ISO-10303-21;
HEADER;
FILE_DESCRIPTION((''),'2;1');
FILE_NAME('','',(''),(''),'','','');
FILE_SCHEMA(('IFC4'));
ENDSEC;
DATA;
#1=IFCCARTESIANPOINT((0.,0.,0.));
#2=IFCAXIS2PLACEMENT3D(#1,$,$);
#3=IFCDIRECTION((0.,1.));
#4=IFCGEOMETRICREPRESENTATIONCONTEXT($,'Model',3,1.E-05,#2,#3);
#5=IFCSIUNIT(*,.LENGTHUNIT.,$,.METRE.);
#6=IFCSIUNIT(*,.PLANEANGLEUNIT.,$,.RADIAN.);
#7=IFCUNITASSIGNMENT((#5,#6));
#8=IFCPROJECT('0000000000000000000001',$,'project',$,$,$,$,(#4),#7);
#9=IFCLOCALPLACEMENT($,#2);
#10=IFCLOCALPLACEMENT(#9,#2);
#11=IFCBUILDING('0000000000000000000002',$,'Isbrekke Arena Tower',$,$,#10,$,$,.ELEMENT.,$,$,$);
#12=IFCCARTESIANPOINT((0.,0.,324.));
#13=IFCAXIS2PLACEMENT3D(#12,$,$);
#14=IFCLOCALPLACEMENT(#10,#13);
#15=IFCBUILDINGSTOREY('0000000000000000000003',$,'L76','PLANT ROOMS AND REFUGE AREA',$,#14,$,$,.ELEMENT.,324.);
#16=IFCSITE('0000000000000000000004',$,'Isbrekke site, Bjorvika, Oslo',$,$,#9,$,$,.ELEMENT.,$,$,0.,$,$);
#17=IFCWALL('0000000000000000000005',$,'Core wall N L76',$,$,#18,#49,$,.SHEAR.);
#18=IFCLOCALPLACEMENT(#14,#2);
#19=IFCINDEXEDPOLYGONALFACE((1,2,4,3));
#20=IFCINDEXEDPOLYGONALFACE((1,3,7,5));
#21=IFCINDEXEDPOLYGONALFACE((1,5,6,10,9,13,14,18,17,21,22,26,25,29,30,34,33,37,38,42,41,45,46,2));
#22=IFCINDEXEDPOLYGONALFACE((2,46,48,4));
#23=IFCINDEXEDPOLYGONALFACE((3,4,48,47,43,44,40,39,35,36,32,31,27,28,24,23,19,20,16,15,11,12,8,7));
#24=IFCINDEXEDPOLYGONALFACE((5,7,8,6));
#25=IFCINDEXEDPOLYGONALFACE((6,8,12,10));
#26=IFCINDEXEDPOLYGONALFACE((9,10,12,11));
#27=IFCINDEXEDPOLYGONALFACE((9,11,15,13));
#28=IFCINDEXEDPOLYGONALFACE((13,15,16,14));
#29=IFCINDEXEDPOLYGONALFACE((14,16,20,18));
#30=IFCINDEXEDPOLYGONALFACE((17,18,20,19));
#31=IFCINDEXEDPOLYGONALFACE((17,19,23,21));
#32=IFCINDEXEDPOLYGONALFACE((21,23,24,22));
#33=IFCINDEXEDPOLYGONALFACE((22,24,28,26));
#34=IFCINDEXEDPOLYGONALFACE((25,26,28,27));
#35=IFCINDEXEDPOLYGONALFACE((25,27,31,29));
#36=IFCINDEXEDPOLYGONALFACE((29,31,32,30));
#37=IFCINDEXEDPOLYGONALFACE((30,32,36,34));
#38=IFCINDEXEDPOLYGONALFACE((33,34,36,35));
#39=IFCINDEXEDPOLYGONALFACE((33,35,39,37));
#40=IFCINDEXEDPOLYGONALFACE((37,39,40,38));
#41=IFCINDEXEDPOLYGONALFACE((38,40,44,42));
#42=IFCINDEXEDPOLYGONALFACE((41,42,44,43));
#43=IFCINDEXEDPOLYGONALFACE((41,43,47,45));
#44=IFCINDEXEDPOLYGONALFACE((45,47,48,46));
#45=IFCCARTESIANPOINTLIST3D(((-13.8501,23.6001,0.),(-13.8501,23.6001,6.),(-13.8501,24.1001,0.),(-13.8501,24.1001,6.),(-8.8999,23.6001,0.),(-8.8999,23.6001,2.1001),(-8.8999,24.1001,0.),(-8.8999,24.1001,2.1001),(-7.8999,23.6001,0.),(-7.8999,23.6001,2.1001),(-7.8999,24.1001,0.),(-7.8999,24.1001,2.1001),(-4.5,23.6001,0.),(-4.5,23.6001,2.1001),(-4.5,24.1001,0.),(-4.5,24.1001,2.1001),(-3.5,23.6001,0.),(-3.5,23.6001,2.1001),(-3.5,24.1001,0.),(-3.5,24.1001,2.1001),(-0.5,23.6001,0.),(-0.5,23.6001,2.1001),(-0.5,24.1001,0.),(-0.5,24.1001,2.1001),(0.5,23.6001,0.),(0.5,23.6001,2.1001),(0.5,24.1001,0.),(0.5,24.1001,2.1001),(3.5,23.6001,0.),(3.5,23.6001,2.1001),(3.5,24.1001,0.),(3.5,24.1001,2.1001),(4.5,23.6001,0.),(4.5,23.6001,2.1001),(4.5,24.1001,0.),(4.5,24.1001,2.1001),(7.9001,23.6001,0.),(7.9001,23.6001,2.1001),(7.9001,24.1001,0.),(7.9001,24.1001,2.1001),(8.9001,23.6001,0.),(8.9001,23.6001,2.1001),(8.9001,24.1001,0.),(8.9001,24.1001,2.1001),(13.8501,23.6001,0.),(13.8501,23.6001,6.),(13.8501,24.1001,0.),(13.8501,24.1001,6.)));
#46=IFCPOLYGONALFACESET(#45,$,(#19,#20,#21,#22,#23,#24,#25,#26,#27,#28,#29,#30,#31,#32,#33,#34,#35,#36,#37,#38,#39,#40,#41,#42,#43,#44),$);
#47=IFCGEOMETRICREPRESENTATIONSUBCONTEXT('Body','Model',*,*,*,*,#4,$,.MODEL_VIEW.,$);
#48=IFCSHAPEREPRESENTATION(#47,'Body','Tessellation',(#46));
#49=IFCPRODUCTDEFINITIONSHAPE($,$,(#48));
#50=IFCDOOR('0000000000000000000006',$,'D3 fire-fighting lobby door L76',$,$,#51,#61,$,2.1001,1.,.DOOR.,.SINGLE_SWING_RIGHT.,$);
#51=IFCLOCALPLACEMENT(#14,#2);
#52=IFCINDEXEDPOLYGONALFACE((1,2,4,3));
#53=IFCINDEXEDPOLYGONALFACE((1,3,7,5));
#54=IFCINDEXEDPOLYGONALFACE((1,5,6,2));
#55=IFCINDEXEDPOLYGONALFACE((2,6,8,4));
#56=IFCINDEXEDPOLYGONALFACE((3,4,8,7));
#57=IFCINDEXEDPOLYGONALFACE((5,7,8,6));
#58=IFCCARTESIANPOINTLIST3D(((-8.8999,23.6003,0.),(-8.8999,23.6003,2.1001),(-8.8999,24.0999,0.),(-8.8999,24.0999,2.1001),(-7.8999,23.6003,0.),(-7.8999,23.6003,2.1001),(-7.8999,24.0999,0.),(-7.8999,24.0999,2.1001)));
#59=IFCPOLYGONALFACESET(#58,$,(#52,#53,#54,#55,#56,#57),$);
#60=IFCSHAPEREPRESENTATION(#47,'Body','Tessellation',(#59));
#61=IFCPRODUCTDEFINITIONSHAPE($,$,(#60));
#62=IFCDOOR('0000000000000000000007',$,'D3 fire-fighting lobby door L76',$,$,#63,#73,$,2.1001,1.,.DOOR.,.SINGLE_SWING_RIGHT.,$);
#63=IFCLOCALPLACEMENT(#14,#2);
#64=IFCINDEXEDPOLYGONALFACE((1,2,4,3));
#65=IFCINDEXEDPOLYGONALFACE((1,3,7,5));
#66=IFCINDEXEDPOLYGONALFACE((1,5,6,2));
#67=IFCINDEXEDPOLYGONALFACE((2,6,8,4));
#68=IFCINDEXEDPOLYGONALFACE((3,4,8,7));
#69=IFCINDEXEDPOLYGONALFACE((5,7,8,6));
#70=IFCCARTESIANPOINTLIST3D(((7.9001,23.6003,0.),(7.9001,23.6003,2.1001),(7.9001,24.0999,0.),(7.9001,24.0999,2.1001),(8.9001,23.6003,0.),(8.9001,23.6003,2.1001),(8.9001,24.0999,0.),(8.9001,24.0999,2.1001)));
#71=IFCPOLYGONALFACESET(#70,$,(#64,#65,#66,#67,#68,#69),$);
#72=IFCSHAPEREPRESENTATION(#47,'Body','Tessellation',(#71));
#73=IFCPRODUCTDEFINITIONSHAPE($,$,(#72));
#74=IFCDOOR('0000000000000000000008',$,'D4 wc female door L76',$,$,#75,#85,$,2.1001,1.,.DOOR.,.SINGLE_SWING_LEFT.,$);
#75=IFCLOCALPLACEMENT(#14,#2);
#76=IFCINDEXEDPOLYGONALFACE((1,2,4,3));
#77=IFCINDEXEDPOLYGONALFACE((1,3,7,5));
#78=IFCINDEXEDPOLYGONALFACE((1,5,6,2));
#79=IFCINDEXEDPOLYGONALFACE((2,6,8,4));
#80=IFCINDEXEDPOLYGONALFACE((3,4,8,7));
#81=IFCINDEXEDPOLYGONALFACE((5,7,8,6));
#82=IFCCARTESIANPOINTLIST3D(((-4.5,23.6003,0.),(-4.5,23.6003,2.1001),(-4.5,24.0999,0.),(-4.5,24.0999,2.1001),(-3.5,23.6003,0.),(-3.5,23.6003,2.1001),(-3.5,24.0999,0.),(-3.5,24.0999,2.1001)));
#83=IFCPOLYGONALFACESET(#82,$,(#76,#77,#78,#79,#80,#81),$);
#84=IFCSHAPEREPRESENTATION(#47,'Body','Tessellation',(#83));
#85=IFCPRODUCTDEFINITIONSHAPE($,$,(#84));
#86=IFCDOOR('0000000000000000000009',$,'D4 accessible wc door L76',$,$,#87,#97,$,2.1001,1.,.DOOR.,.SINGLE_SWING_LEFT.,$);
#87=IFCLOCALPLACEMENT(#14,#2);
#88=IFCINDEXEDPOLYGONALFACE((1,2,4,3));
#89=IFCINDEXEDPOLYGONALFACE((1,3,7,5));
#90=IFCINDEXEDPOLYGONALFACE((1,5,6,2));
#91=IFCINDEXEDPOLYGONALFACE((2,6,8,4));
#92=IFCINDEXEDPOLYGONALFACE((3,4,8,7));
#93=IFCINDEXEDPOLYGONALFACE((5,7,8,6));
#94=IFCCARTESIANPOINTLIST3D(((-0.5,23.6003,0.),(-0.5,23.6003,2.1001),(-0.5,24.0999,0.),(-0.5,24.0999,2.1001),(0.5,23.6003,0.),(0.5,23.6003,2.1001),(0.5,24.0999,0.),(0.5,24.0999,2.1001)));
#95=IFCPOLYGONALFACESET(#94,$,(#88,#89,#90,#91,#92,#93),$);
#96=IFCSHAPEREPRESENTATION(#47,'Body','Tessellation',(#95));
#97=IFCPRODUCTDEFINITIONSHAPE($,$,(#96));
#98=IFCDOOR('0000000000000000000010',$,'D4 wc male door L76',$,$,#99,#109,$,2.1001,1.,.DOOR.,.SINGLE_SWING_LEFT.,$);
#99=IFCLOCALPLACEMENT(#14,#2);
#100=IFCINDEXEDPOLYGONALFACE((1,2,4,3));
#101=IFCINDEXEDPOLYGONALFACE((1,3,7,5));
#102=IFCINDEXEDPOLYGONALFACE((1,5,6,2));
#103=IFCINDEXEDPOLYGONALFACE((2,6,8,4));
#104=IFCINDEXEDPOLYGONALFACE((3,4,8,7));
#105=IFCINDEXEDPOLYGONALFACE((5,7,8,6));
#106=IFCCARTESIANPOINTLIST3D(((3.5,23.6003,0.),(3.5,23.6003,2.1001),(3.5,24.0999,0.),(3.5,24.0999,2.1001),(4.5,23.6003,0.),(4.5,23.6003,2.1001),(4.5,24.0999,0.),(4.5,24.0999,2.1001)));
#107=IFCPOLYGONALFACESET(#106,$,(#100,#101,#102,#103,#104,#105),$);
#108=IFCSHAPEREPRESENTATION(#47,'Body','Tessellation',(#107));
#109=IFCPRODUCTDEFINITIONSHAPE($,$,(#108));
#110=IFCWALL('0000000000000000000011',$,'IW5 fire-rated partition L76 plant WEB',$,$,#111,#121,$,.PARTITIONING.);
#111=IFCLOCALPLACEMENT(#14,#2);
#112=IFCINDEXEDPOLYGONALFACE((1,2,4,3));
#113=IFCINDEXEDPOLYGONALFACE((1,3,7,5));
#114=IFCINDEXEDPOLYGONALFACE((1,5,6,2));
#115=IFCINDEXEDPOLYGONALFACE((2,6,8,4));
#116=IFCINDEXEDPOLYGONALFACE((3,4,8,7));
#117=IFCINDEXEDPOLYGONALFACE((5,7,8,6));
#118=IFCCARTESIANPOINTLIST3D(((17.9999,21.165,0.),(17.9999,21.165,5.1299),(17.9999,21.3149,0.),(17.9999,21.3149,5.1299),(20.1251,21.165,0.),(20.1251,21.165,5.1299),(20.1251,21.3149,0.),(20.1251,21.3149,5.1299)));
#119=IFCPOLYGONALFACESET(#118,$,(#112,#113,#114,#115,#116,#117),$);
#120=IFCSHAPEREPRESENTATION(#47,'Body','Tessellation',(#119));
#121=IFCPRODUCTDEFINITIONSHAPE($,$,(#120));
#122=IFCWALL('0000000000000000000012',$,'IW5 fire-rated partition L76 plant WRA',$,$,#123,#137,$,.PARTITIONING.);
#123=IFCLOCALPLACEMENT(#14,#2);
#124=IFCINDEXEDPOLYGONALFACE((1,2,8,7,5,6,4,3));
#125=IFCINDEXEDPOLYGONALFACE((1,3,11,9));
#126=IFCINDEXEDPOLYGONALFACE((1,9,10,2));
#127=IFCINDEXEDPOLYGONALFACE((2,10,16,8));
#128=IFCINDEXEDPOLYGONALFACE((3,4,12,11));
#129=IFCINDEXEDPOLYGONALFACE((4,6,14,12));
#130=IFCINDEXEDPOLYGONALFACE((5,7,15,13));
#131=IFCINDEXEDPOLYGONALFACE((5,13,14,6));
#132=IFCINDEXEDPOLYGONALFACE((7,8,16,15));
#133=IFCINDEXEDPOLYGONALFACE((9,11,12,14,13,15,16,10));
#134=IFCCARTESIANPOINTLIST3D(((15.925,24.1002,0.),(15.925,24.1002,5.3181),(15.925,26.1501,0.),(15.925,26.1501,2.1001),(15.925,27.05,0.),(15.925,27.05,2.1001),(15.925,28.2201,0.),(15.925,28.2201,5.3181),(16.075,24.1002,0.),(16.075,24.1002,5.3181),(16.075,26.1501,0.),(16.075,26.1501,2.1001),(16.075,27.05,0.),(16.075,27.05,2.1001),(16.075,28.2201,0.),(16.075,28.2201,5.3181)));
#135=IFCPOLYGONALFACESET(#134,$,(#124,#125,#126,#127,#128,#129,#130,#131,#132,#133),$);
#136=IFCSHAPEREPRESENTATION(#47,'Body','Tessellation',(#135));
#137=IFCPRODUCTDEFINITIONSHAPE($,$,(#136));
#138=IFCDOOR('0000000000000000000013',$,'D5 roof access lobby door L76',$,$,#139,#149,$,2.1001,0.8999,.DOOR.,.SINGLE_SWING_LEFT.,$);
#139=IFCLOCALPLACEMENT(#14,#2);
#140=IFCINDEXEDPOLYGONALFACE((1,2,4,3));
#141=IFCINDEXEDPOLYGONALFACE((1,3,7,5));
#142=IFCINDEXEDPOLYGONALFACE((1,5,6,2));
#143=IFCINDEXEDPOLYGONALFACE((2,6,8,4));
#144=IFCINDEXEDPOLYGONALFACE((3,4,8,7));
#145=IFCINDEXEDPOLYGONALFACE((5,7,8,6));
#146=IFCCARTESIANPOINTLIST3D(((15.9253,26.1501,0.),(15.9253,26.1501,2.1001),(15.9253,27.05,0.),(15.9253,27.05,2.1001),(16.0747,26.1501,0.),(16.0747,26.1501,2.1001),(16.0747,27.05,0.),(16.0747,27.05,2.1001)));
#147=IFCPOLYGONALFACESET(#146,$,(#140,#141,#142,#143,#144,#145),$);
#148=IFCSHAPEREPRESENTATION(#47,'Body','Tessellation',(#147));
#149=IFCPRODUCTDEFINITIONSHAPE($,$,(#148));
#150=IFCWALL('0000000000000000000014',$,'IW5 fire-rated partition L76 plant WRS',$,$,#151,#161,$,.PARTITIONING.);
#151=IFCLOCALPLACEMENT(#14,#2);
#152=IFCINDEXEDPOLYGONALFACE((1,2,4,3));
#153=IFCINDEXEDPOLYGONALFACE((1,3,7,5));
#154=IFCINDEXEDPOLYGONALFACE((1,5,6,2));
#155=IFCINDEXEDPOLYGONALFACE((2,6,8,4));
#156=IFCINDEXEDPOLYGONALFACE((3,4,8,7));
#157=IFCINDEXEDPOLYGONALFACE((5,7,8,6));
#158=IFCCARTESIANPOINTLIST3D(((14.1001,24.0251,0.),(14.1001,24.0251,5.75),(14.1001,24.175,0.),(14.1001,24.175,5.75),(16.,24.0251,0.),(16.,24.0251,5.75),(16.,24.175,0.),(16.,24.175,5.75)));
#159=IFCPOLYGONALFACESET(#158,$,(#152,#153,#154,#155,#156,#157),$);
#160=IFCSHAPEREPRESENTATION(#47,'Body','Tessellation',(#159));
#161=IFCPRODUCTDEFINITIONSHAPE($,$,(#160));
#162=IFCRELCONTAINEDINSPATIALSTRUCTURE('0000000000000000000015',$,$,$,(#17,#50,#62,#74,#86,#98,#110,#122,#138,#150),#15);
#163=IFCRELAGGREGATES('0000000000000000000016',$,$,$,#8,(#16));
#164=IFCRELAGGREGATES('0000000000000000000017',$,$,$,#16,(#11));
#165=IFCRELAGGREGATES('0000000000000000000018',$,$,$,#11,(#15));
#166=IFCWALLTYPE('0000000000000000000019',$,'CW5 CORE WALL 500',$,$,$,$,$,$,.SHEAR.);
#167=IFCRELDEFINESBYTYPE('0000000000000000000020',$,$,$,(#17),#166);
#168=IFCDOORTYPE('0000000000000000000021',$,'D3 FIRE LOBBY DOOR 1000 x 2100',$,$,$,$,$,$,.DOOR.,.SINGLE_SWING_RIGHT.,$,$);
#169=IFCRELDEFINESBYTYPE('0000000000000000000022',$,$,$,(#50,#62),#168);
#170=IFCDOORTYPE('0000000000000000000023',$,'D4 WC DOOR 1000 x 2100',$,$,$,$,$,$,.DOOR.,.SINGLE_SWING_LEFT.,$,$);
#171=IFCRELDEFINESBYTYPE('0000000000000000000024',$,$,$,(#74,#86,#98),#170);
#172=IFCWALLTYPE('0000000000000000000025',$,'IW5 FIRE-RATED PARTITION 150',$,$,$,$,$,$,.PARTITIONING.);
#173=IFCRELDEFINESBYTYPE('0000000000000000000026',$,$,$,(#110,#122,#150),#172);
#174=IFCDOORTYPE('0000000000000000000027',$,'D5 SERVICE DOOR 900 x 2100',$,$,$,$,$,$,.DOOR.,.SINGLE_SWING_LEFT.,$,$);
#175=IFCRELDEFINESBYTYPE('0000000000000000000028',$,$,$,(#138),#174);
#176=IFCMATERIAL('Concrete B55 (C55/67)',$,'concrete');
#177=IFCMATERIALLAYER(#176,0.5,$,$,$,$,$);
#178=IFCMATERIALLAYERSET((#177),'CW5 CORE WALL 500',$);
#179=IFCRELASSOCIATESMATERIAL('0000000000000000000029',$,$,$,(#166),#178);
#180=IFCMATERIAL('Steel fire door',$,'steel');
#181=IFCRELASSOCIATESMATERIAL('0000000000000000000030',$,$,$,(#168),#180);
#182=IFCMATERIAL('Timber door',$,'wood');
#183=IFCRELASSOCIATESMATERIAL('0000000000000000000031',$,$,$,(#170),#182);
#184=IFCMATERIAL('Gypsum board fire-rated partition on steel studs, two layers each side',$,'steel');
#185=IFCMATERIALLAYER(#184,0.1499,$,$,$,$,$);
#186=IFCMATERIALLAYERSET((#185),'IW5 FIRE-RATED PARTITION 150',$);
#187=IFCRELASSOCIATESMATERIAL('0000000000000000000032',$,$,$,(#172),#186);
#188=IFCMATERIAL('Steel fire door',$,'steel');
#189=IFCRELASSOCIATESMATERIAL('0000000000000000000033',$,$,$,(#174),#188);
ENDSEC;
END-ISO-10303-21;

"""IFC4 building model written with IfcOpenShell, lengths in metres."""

from ifc_helpers import new_model, si_unit, direction, frame, frame_2d, origin, place, context, subcontext, project, spatial, rectangle, extrude, material, layer, layer_set, type_object, element, fill, save


model = new_model("IFC4")

# Units and contexts
model_context = context("Model", 3, precision=1e-05, world=origin(), true_north=direction((0.0, 1.0)))
body_context = subcontext(model_context, "Body", "Model", "MODEL_VIEW")
ifc_project = project(units=[si_unit("LENGTHUNIT", "METRE"), si_unit("PLANEANGLEUNIT", "RADIAN")], contexts=[model_context])

# Site, building, storey
site_placement = place(None, origin())
site = spatial("IfcSite", under=ifc_project, at=site_placement, Name="Isbrekke site, Bjorvika, Oslo", CompositionType="ELEMENT", RefElevation=0.0)
building_placement = place(site_placement, origin())
building = spatial("IfcBuilding", under=site, at=building_placement, Name="Isbrekke Arena Tower", CompositionType="ELEMENT")
storey_placement = place(building_placement, frame((0.0, 0.0, 324.0)))
storey = spatial("IfcBuildingStorey", under=building, at=storey_placement, Name="L76", Description="PLANT ROOMS AND REFUGE AREA", CompositionType="ELEMENT", Elevation=324.0)

# Wall, openings, doors
ifc_material_1 = material(Name="Concrete B55 (C55/67)", Category="concrete")
ifc_layer_1 = layer(ifc_material_1, 0.5)
ifc_layer_set_1 = layer_set([ifc_layer_1], Name="CW5 CORE WALL 500")
wall_type_1 = type_object("IfcWallType", Name="CW5 CORE WALL 500", PredefinedType="SHEAR", material=ifc_layer_set_1)
wall_1_placement = place(storey_placement, frame((13.8501, 23.8501, 0.0), z_axis=(0.0, 0.0, 1.0), x_axis=(-1.0, 0.0, 0.0)))
wall_1 = element("IfcWall", 1, at=wall_1_placement, inside=storey, type_object=wall_type_1, Name="Core wall N L76", PredefinedType="SHEAR", context=body_context, shape_type="SweptSolid", body=[
    extrude(rectangle(XDim=27.7002, YDim=0.5, at=frame_2d((13.8501, 0.0))), origin(), (0.0, 0.0, 1.0), 6.0),
])
opening_1_placement = place(wall_1_placement, frame((21.75, 0.0, 0.0)))
opening_1 = element("IfcOpeningElement", 2, at=opening_1_placement, cuts=wall_1, PredefinedType="OPENING", context=body_context, shape_type="SweptSolid", body=[
    extrude(rectangle(XDim=1.0, YDim=2.1001, at=frame_2d((0.5, 1.05))), frame((0.0, 0.2649, 0.0), z_axis=(0.0, -1.0, 0.0), x_axis=(1.0, 0.0, 0.0)), (0.0, 0.0, 1.0), 0.5298),
])
opening_2_placement = place(wall_1_placement, frame((4.95, 0.0, 0.0)))
opening_2 = element("IfcOpeningElement", 3, at=opening_2_placement, cuts=wall_1, PredefinedType="OPENING", context=body_context, shape_type="SweptSolid", body=[
    extrude(rectangle(XDim=1.0, YDim=2.1001, at=frame_2d((0.5, 1.05))), frame((0.0, 0.2649, 0.0), z_axis=(0.0, -1.0, 0.0), x_axis=(1.0, 0.0, 0.0)), (0.0, 0.0, 1.0), 0.5298),
])
opening_3_placement = place(wall_1_placement, frame((17.3501, 0.0, 0.0)))
opening_3 = element("IfcOpeningElement", 4, at=opening_3_placement, cuts=wall_1, PredefinedType="OPENING", context=body_context, shape_type="SweptSolid", body=[
    extrude(rectangle(XDim=1.0, YDim=2.1001, at=frame_2d((0.5, 1.05))), frame((0.0, 0.2649, 0.0), z_axis=(0.0, -1.0, 0.0), x_axis=(1.0, 0.0, 0.0)), (0.0, 0.0, 1.0), 0.5298),
])
opening_4_placement = place(wall_1_placement, frame((13.3501, 0.0, 0.0)))
opening_4 = element("IfcOpeningElement", 5, at=opening_4_placement, cuts=wall_1, PredefinedType="OPENING", context=body_context, shape_type="SweptSolid", body=[
    extrude(rectangle(XDim=1.0, YDim=2.1001, at=frame_2d((0.5, 1.05))), frame((0.0, 0.2649, 0.0), z_axis=(0.0, -1.0, 0.0), x_axis=(1.0, 0.0, 0.0)), (0.0, 0.0, 1.0), 0.5298),
])
opening_5_placement = place(wall_1_placement, frame((9.3501, 0.0, 0.0)))
opening_5 = element("IfcOpeningElement", 6, at=opening_5_placement, cuts=wall_1, PredefinedType="OPENING", context=body_context, shape_type="SweptSolid", body=[
    extrude(rectangle(XDim=1.0, YDim=2.1001, at=frame_2d((0.5, 1.05))), frame((0.0, 0.2649, 0.0), z_axis=(0.0, -1.0, 0.0), x_axis=(1.0, 0.0, 0.0)), (0.0, 0.0, 1.0), 0.5298),
])
ifc_material_2 = material(Name="Steel fire door", Category="steel")
door_type_1 = type_object("IfcDoorType", Name="D3 FIRE LOBBY DOOR 1000 x 2100", OperationType="SINGLE_SWING_RIGHT", PredefinedType="DOOR", material=ifc_material_2)
door_1_placement = place(opening_1_placement, origin())
door_1 = element("IfcDoor", 7, at=door_1_placement, inside=storey, type_object=door_type_1, Name="D3 fire-fighting lobby door L76", OperationType="SINGLE_SWING_RIGHT", OverallHeight=2.1001, OverallWidth=1.0, PredefinedType="DOOR", context=body_context, shape_type="SweptSolid", body=[
    extrude(rectangle(XDim=1.0, YDim=2.1001, at=frame_2d((0.5, 1.05))), frame((0.0, 0.2498, 0.0), z_axis=(0.0, -1.0, 0.0), x_axis=(1.0, 0.0, 0.0)), (0.0, 0.0, 1.0), 0.4995),
])
fill(opening_1, door_1)
door_2_placement = place(opening_2_placement, origin())
door_2 = element("IfcDoor", 8, at=door_2_placement, inside=storey, type_object=door_type_1, Name="D3 fire-fighting lobby door L76", OperationType="SINGLE_SWING_RIGHT", OverallHeight=2.1001, OverallWidth=1.0, PredefinedType="DOOR", context=body_context, shape_type="SweptSolid", body=[
    extrude(rectangle(XDim=1.0, YDim=2.1001, at=frame_2d((0.5, 1.05))), frame((0.0, 0.2498, 0.0), z_axis=(0.0, -1.0, 0.0), x_axis=(1.0, 0.0, 0.0)), (0.0, 0.0, 1.0), 0.4995),
])
fill(opening_2, door_2)
ifc_material_3 = material(Name="Timber door", Category="wood")
door_type_2 = type_object("IfcDoorType", Name="D4 WC DOOR 1000 x 2100", OperationType="SINGLE_SWING_LEFT", PredefinedType="DOOR", material=ifc_material_3)
door_3_placement = place(opening_3_placement, origin())
door_3 = element("IfcDoor", 9, at=door_3_placement, inside=storey, type_object=door_type_2, Name="D4 wc female door L76", OperationType="SINGLE_SWING_LEFT", OverallHeight=2.1001, OverallWidth=1.0, PredefinedType="DOOR", context=body_context, shape_type="SweptSolid", body=[
    extrude(rectangle(XDim=1.0, YDim=2.1001, at=frame_2d((0.5, 1.05))), frame((0.0, 0.2498, 0.0), z_axis=(0.0, -1.0, 0.0), x_axis=(1.0, 0.0, 0.0)), (0.0, 0.0, 1.0), 0.4995),
])
fill(opening_3, door_3)
door_4_placement = place(opening_4_placement, origin())
door_4 = element("IfcDoor", 10, at=door_4_placement, inside=storey, type_object=door_type_2, Name="D4 accessible wc door L76", OperationType="SINGLE_SWING_LEFT", OverallHeight=2.1001, OverallWidth=1.0, PredefinedType="DOOR", context=body_context, shape_type="SweptSolid", body=[
    extrude(rectangle(XDim=1.0, YDim=2.1001, at=frame_2d((0.5, 1.05))), frame((0.0, 0.2498, 0.0), z_axis=(0.0, -1.0, 0.0), x_axis=(1.0, 0.0, 0.0)), (0.0, 0.0, 1.0), 0.4995),
])
fill(opening_4, door_4)
door_5_placement = place(opening_5_placement, origin())
door_5 = element("IfcDoor", 11, at=door_5_placement, inside=storey, type_object=door_type_2, Name="D4 wc male door L76", OperationType="SINGLE_SWING_LEFT", OverallHeight=2.1001, OverallWidth=1.0, PredefinedType="DOOR", context=body_context, shape_type="SweptSolid", body=[
    extrude(rectangle(XDim=1.0, YDim=2.1001, at=frame_2d((0.5, 1.05))), frame((0.0, 0.2498, 0.0), z_axis=(0.0, -1.0, 0.0), x_axis=(1.0, 0.0, 0.0)), (0.0, 0.0, 1.0), 0.4995),
])
fill(opening_5, door_5)

# Wall
ifc_material_4 = material(Name="Gypsum board fire-rated partition on steel studs, two layers each side", Category="steel")
ifc_layer_2 = layer(ifc_material_4, 0.1499)
ifc_layer_set_2 = layer_set([ifc_layer_2], Name="IW5 FIRE-RATED PARTITION 150")
wall_type_2 = type_object("IfcWallType", Name="IW5 FIRE-RATED PARTITION 150", PredefinedType="PARTITIONING", material=ifc_layer_set_2)
wall_2_placement = place(storey_placement, frame((18.0, 21.24, 0.0), z_axis=(0.0, 0.0, 1.0), x_axis=(1.0, 0.0, 0.0)))
element("IfcWall", 12, at=wall_2_placement, inside=storey, type_object=wall_type_2, Name="IW5 fire-rated partition L76 plant WEB", PredefinedType="PARTITIONING", context=body_context, shape_type="SweptSolid", body=[
    extrude(rectangle(XDim=2.1252, YDim=0.1499, at=frame_2d((1.0625, 0.0))), origin(), (0.0, 0.0, 1.0), 5.1299),
])

# Wall, opening, door
wall_3_placement = place(storey_placement, frame((16.0, 24.1001, 0.0), z_axis=(0.0, 0.0, 1.0), x_axis=(0.0, 1.0, 0.0)))
wall_3 = element("IfcWall", 13, at=wall_3_placement, inside=storey, type_object=wall_type_2, Name="IW5 fire-rated partition L76 plant WRA", PredefinedType="PARTITIONING", context=body_context, shape_type="SweptSolid", body=[
    extrude(rectangle(XDim=4.1199, YDim=0.1499, at=frame_2d((2.0601, 0.0))), origin(), (0.0, 0.0, 1.0), 5.3181),
])
opening_6_placement = place(wall_3_placement, frame((2.05, 0.0, 0.0)))
opening_6 = element("IfcOpeningElement", 14, at=opening_6_placement, cuts=wall_3, PredefinedType="OPENING", context=body_context, shape_type="SweptSolid", body=[
    extrude(rectangle(XDim=0.8999, YDim=2.1001, at=frame_2d((0.45, 1.05))), frame((0.0, 0.0898, 0.0), z_axis=(0.0, -1.0, 0.0), x_axis=(1.0, 0.0, 0.0)), (0.0, 0.0, 1.0), 0.1797),
])
ifc_material_5 = material(Name="Steel fire door", Category="steel")
door_type_3 = type_object("IfcDoorType", Name="D5 SERVICE DOOR 900 x 2100", OperationType="SINGLE_SWING_LEFT", PredefinedType="DOOR", material=ifc_material_5)
door_6_placement = place(opening_6_placement, origin())
door_6 = element("IfcDoor", 15, at=door_6_placement, inside=storey, type_object=door_type_3, Name="D5 roof access lobby door L76", OperationType="SINGLE_SWING_LEFT", OverallHeight=2.1001, OverallWidth=0.8999, PredefinedType="DOOR", context=body_context, shape_type="SweptSolid", body=[
    extrude(rectangle(XDim=0.8999, YDim=2.1001, at=frame_2d((0.45, 1.05))), frame((0.0, 0.0747, 0.0), z_axis=(0.0, -1.0, 0.0), x_axis=(1.0, 0.0, 0.0)), (0.0, 0.0, 1.0), 0.1494),
])
fill(opening_6, door_6)

# Wall
wall_4_placement = place(storey_placement, frame((14.1001, 24.1001, 0.0), z_axis=(0.0, 0.0, 1.0), x_axis=(1.0, 0.0, 0.0)))
element("IfcWall", 16, at=wall_4_placement, inside=storey, type_object=wall_type_2, Name="IW5 fire-rated partition L76 plant WRS", PredefinedType="PARTITIONING", context=body_context, shape_type="SweptSolid", body=[
    extrude(rectangle(XDim=1.8999, YDim=0.1499, at=frame_2d((0.95, 0.0))), origin(), (0.0, 0.0, 1.0), 5.75),
])

save(model, "model.ifc")
